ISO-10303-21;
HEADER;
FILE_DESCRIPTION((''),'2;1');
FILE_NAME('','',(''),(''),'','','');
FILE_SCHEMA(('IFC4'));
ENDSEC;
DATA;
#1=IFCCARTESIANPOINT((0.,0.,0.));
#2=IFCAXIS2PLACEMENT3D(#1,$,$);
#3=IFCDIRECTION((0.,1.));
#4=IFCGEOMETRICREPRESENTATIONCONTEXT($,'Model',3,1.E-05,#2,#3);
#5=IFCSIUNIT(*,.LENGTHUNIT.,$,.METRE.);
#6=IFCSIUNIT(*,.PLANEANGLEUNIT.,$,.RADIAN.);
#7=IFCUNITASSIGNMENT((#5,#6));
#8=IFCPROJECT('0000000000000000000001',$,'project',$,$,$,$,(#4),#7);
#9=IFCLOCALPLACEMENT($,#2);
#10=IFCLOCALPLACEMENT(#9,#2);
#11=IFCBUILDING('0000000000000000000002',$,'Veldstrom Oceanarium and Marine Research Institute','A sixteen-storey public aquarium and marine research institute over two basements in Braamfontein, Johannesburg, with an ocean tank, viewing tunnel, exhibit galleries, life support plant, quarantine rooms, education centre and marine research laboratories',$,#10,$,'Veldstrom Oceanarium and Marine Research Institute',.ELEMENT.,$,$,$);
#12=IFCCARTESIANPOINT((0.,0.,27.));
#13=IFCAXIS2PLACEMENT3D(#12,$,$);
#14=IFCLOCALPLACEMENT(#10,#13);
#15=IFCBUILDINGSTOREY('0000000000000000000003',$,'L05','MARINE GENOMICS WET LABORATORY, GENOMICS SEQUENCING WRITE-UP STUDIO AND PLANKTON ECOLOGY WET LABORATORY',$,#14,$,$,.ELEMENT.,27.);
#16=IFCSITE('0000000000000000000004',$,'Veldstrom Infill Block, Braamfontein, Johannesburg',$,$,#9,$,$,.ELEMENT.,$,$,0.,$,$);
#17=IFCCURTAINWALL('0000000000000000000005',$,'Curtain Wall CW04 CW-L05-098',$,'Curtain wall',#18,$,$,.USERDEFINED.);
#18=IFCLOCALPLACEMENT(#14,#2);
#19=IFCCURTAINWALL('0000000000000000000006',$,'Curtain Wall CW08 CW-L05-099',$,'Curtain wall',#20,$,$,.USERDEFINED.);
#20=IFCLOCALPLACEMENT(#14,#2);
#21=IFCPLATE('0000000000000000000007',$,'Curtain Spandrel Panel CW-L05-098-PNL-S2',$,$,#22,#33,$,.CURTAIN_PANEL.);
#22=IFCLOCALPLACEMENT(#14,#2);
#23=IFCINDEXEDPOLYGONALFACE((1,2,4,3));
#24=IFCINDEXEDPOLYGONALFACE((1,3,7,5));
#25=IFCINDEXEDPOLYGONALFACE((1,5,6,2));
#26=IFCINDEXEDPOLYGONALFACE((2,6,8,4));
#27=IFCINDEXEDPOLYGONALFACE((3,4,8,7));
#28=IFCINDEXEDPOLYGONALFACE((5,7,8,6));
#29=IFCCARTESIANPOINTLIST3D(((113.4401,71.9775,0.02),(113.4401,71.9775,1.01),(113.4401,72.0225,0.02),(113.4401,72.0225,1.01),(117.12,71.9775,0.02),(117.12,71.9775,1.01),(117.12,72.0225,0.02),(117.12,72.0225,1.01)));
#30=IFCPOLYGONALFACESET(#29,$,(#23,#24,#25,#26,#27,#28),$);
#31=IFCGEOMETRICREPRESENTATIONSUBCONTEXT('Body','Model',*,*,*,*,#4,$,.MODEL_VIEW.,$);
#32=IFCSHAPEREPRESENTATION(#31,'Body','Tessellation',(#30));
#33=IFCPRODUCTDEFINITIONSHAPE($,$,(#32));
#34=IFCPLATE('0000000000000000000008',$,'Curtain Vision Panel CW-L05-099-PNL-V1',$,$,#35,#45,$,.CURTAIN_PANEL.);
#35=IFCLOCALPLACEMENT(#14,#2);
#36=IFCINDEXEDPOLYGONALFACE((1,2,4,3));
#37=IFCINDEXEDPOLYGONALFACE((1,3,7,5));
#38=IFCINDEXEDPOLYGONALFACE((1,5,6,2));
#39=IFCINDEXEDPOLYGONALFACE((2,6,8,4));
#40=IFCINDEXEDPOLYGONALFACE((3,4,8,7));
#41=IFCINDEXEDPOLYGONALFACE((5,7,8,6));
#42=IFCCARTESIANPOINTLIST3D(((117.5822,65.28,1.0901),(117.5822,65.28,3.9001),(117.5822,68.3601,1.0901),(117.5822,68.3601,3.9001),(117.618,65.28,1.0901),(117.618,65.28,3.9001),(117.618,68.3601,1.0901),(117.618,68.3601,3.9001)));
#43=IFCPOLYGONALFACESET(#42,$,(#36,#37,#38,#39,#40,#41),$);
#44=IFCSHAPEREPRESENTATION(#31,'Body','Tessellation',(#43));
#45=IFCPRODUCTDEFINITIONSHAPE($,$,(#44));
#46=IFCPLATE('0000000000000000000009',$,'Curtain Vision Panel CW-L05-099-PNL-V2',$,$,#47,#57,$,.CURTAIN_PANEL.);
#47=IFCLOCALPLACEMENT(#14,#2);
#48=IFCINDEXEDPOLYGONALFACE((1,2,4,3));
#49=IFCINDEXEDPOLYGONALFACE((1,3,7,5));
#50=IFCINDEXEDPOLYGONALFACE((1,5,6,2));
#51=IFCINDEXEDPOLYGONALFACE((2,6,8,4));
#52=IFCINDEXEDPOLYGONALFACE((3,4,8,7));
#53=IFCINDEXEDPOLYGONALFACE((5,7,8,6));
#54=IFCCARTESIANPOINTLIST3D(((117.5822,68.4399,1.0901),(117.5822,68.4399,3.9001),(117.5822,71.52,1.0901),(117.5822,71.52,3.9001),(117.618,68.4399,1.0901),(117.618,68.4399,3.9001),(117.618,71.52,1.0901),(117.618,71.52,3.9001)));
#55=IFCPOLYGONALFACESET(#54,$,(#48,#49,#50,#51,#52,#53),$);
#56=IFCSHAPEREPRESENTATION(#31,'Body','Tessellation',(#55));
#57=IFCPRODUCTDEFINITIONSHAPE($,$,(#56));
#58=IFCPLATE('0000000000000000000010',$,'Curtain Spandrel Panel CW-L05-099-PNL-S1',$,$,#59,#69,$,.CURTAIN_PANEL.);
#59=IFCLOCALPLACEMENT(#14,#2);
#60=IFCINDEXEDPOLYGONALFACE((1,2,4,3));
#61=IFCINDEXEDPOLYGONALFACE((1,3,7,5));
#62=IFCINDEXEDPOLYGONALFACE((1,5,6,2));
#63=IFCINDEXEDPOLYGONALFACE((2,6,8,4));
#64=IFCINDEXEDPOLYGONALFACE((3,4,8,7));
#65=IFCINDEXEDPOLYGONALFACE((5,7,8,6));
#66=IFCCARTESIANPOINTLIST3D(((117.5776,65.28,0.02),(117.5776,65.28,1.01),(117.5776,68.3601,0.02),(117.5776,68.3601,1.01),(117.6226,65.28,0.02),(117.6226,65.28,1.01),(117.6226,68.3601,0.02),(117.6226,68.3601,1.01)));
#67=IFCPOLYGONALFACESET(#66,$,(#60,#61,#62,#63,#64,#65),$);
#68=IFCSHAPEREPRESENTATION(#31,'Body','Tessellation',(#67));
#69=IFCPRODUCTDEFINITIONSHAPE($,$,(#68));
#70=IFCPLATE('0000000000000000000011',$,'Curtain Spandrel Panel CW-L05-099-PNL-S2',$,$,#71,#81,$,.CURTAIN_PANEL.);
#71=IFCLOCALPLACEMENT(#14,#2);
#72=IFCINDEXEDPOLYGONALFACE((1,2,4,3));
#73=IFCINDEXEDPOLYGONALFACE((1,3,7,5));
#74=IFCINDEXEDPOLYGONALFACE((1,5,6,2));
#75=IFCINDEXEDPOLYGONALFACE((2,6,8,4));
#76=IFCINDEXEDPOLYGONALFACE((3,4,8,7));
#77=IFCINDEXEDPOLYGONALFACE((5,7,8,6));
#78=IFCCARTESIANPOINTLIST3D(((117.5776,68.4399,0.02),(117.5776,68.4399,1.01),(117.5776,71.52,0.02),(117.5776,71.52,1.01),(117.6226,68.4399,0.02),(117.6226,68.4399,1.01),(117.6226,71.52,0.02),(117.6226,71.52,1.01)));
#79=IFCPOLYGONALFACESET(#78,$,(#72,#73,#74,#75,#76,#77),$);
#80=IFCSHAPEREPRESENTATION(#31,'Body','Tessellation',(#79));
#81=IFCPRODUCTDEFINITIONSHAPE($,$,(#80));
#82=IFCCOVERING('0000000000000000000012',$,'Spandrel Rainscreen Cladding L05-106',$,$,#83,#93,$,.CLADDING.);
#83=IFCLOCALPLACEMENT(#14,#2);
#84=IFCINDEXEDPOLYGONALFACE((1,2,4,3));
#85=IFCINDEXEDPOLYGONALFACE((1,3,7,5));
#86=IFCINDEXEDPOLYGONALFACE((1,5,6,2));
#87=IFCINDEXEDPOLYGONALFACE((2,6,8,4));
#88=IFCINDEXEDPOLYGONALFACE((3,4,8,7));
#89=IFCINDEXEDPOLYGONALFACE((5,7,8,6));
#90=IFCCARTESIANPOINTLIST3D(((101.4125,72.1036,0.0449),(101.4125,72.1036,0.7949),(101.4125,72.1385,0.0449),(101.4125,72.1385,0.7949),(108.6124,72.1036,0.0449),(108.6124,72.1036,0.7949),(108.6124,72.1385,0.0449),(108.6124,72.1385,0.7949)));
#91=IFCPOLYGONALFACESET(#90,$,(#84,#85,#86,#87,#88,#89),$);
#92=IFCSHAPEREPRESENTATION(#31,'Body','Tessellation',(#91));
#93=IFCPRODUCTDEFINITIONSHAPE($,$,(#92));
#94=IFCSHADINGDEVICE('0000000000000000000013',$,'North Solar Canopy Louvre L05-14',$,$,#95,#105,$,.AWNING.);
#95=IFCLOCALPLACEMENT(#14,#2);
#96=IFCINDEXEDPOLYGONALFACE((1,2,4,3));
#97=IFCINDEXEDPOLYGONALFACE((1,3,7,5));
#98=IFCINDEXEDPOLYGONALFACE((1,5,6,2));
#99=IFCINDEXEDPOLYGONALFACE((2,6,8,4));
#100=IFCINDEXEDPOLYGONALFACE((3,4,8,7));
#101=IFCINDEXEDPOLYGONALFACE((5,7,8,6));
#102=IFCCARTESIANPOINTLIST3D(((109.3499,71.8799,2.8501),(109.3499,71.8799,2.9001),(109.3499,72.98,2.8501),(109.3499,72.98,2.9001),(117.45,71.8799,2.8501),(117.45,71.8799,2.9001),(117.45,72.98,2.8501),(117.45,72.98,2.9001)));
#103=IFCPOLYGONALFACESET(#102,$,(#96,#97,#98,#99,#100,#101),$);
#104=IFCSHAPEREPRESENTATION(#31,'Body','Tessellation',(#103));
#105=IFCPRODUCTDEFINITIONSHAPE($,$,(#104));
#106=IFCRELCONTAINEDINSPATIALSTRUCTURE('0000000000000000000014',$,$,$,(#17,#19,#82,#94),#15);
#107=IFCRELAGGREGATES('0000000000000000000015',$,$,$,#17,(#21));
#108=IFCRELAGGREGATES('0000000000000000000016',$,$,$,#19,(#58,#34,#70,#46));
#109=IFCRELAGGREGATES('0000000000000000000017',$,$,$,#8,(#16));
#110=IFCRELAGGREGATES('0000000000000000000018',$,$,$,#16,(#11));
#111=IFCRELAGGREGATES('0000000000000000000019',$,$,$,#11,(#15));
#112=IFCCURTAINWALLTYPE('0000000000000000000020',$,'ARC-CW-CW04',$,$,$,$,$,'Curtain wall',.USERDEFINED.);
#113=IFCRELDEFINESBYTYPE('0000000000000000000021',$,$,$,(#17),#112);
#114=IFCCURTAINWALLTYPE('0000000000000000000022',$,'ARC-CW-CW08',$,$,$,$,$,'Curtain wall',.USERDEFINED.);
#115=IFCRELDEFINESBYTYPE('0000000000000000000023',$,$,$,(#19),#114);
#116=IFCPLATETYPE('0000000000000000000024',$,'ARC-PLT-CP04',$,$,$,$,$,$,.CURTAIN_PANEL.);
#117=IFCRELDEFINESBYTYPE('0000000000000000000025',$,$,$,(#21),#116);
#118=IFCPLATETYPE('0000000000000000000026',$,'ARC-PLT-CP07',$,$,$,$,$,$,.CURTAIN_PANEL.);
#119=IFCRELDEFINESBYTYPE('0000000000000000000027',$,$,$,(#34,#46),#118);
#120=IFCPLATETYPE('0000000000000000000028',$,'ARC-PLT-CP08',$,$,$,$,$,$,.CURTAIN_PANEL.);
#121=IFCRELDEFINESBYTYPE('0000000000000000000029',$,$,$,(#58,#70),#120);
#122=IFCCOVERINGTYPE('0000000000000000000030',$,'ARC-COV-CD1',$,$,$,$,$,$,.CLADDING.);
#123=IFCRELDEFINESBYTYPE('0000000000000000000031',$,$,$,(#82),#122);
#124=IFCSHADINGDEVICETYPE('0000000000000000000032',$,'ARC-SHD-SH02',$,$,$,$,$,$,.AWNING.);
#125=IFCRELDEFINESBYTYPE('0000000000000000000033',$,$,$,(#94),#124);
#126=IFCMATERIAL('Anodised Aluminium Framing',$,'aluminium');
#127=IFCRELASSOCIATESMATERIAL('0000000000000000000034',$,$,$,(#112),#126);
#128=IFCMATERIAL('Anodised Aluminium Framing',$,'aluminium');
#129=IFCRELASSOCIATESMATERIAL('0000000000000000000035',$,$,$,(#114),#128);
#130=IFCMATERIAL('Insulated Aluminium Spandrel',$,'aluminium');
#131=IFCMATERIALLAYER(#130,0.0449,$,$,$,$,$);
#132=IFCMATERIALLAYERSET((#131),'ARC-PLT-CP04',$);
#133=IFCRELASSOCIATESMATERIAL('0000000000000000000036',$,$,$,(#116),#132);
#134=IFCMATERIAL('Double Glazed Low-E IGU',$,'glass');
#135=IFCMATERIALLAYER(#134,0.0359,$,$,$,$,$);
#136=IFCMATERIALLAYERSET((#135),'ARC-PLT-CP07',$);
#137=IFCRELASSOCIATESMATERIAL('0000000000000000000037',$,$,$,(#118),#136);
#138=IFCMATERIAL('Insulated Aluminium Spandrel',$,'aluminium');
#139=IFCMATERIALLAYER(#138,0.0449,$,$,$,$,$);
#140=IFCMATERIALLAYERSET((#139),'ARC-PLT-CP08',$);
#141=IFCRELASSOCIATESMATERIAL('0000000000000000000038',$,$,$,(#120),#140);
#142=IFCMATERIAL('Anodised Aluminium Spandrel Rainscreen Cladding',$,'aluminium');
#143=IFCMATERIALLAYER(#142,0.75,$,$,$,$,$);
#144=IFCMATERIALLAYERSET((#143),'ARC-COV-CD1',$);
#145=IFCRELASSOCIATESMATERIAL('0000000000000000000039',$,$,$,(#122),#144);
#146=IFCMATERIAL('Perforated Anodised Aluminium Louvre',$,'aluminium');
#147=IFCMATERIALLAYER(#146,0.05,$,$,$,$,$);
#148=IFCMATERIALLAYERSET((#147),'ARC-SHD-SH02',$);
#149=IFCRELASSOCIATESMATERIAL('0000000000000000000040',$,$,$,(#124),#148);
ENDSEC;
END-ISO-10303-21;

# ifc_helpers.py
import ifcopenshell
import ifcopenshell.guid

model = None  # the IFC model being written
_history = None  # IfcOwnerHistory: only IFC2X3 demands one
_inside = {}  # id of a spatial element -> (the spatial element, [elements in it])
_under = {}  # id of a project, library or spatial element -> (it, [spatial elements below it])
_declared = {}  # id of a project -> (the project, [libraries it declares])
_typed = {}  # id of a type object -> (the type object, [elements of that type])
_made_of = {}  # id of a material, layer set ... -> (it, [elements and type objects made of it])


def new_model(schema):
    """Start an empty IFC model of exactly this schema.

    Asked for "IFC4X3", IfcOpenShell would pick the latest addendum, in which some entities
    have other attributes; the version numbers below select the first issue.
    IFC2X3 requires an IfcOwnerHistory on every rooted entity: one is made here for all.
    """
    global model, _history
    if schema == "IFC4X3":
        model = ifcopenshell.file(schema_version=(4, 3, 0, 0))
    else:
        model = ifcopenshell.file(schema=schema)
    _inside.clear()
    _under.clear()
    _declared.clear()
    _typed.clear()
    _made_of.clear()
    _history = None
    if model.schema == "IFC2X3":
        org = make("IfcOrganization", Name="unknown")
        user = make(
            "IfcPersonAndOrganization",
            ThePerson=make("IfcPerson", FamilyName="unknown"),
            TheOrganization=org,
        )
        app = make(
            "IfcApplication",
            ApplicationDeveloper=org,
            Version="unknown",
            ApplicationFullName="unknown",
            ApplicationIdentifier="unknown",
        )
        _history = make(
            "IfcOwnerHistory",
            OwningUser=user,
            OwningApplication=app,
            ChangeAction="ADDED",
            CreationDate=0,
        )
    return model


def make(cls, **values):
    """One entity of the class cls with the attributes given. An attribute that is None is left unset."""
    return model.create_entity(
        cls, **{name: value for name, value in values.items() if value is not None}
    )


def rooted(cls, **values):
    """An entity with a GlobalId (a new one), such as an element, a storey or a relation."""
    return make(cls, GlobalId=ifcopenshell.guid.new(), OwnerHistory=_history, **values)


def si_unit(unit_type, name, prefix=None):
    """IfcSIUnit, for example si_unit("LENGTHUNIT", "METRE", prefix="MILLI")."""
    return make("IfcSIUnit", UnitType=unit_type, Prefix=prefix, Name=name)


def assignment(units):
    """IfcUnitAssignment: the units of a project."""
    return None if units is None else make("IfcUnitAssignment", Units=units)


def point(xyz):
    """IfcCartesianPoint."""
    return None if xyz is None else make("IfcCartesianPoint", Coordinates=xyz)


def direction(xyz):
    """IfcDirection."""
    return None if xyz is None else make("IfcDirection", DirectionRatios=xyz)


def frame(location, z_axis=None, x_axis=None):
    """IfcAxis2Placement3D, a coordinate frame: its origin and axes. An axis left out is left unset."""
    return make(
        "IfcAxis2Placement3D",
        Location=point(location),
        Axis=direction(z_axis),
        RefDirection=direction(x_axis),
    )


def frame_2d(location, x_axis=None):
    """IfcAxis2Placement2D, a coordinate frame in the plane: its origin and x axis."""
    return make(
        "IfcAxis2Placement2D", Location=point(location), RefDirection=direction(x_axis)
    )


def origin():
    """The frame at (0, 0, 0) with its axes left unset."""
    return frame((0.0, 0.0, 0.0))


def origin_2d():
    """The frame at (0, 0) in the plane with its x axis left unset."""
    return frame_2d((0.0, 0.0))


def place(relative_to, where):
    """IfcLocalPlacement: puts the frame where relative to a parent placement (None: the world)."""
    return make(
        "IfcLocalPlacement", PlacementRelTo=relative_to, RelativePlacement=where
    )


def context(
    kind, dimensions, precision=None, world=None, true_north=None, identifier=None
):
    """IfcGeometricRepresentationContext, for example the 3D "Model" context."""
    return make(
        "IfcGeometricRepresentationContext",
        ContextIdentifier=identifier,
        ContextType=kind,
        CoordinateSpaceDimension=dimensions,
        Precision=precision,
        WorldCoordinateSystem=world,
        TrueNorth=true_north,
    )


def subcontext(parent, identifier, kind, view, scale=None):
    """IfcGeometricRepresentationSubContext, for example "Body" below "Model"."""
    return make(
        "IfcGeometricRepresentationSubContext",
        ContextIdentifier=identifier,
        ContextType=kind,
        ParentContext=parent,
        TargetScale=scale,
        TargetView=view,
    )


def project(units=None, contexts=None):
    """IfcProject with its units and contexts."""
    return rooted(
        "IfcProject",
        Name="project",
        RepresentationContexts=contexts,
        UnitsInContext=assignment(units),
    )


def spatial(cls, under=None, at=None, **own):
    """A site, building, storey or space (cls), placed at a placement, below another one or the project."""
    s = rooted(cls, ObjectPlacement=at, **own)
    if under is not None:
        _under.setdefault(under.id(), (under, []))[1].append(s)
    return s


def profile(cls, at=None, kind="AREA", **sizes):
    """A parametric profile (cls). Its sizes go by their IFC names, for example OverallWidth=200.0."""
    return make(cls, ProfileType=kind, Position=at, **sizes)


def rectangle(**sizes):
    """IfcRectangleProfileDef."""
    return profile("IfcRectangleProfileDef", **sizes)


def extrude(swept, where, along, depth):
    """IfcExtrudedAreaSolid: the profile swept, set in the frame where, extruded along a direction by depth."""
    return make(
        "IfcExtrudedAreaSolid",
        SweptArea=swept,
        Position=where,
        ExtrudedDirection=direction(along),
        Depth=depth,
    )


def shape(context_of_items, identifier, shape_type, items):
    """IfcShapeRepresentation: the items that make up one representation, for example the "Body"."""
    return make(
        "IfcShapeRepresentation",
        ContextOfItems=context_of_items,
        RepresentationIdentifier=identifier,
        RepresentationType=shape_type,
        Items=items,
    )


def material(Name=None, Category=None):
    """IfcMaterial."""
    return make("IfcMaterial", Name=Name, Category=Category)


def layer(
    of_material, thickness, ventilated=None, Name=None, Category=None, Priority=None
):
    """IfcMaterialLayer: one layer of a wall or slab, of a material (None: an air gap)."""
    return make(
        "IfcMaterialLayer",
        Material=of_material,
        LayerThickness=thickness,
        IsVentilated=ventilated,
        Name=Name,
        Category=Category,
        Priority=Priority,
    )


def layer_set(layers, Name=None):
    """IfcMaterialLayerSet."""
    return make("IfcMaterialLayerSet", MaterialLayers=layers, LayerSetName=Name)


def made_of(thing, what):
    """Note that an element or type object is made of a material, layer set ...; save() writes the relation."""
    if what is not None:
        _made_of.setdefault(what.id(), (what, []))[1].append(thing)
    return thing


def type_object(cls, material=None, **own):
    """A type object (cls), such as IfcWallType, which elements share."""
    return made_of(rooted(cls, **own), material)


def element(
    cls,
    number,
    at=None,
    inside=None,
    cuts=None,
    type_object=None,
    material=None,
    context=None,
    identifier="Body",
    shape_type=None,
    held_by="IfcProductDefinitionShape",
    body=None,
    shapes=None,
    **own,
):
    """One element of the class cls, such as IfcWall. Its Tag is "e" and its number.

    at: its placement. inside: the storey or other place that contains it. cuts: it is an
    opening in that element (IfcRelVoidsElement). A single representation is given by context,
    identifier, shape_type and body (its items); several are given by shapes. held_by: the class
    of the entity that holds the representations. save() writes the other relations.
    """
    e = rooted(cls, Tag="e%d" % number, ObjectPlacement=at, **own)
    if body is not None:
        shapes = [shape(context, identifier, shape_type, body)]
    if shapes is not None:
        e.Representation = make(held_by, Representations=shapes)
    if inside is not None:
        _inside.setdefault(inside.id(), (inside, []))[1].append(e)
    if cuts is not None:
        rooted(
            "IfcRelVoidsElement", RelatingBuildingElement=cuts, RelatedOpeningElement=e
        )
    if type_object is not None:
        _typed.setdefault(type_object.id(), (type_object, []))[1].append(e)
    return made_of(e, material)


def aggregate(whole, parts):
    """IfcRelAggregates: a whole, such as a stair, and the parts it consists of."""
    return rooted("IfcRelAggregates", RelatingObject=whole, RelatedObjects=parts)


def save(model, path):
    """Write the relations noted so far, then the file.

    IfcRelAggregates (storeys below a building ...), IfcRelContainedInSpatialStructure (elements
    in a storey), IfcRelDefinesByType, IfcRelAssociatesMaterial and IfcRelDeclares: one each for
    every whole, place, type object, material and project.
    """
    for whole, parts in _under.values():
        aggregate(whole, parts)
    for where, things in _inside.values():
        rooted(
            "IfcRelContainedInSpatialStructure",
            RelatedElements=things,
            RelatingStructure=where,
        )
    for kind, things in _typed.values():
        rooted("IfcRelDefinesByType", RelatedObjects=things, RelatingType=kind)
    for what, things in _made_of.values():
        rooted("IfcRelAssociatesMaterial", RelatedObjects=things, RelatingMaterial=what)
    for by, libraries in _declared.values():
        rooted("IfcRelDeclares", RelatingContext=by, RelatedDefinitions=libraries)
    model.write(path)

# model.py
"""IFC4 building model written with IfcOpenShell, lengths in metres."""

from ifc_helpers import new_model, si_unit, direction, frame, origin, origin_2d, place, context, subcontext, project, spatial, rectangle, extrude, material, layer, layer_set, type_object, element, aggregate, save


model = new_model("IFC4")

# Units and contexts
model_context = context("Model", 3, precision=1e-05, world=origin(), true_north=direction((0.0, 1.0)))
body_context = subcontext(model_context, "Body", "Model", "MODEL_VIEW")
ifc_project = project(units=[si_unit("LENGTHUNIT", "METRE"), si_unit("PLANEANGLEUNIT", "RADIAN")], contexts=[model_context])

# Site, building, storey
site_placement = place(None, origin())
site = spatial("IfcSite", under=ifc_project, at=site_placement, Name="Veldstrom Infill Block, Braamfontein, Johannesburg", CompositionType="ELEMENT", RefElevation=0.0)
building_placement = place(site_placement, origin())
building = spatial("IfcBuilding", under=site, at=building_placement, Name="Veldstrom Oceanarium and Marine Research Institute", Description="A sixteen-storey public aquarium and marine research institute over two basements in Braamfontein, Johannesburg, with an ocean tank, viewing tunnel, exhibit galleries, life support plant, quarantine rooms, education centre and marine research laboratories", LongName="Veldstrom Oceanarium and Marine Research Institute", CompositionType="ELEMENT")
storey_placement = place(building_placement, frame((0.0, 0.0, 27.0)))
storey = spatial("IfcBuildingStorey", under=building, at=storey_placement, Name="L05", Description="MARINE GENOMICS WET LABORATORY, GENOMICS SEQUENCING WRITE-UP STUDIO AND PLANKTON ECOLOGY WET LABORATORY", CompositionType="ELEMENT", Elevation=27.0)

# Curtain walls
ifc_material_1 = material(Name="Anodised Aluminium Framing", Category="aluminium")
curtain_wall_type_1 = type_object("IfcCurtainWallType", Name="ARC-CW-CW04", ElementType="Curtain wall", PredefinedType="USERDEFINED", material=ifc_material_1)
curtain_wall_1_placement = place(storey_placement, origin())
curtain_wall_1 = element("IfcCurtainWall", 1, at=curtain_wall_1_placement, inside=storey, type_object=curtain_wall_type_1, Name="Curtain Wall CW04 CW-L05-098", ObjectType="Curtain wall", PredefinedType="USERDEFINED")
ifc_material_2 = material(Name="Anodised Aluminium Framing", Category="aluminium")
curtain_wall_type_2 = type_object("IfcCurtainWallType", Name="ARC-CW-CW08", ElementType="Curtain wall", PredefinedType="USERDEFINED", material=ifc_material_2)
curtain_wall_2_placement = place(storey_placement, origin())
curtain_wall_2 = element("IfcCurtainWall", 2, at=curtain_wall_2_placement, inside=storey, type_object=curtain_wall_type_2, Name="Curtain Wall CW08 CW-L05-099", ObjectType="Curtain wall", PredefinedType="USERDEFINED")

# Plates
ifc_material_3 = material(Name="Insulated Aluminium Spandrel", Category="aluminium")
ifc_layer_1 = layer(ifc_material_3, 0.0449)
ifc_layer_set_1 = layer_set([ifc_layer_1], Name="ARC-PLT-CP04")
plate_type_1 = type_object("IfcPlateType", Name="ARC-PLT-CP04", PredefinedType="CURTAIN_PANEL", material=ifc_layer_set_1)
plate_1_placement = place(storey_placement, frame((115.28, 72.0, 0.02), z_axis=(0.0, 0.0, 1.0), x_axis=(1.0, 0.0, 0.0)))
plate_1 = element("IfcPlate", 3, at=plate_1_placement, type_object=plate_type_1, Name="Curtain Spandrel Panel CW-L05-098-PNL-S2", PredefinedType="CURTAIN_PANEL", context=body_context, shape_type="SweptSolid", body=[
    extrude(rectangle(XDim=3.6799, YDim=0.0449, at=origin_2d()), origin(), (0.0, 0.0, 1.0), 0.99),
])
aggregate(curtain_wall_1, [plate_1])
ifc_material_4 = material(Name="Double Glazed Low-E IGU", Category="glass")
ifc_layer_2 = layer(ifc_material_4, 0.0359)
ifc_layer_set_2 = layer_set([ifc_layer_2], Name="ARC-PLT-CP07")
plate_type_2 = type_object("IfcPlateType", Name="ARC-PLT-CP07", PredefinedType="CURTAIN_PANEL", material=ifc_layer_set_2)
plate_2_placement = place(storey_placement, frame((117.6001, 66.8201, 1.0901), z_axis=(0.0, 0.0, 1.0), x_axis=(0.0, 1.0, 0.0)))
plate_2 = element("IfcPlate", 4, at=plate_2_placement, type_object=plate_type_2, Name="Curtain Vision Panel CW-L05-099-PNL-V1", PredefinedType="CURTAIN_PANEL", context=body_context, shape_type="SweptSolid", body=[
    extrude(rectangle(XDim=3.0801, YDim=0.0359, at=origin_2d()), origin(), (0.0, 0.0, 1.0), 2.8101),
])
plate_3_placement = place(storey_placement, frame((117.6001, 69.98, 1.0901), z_axis=(0.0, 0.0, 1.0), x_axis=(0.0, 1.0, 0.0)))
plate_3 = element("IfcPlate", 5, at=plate_3_placement, type_object=plate_type_2, Name="Curtain Vision Panel CW-L05-099-PNL-V2", PredefinedType="CURTAIN_PANEL", context=body_context, shape_type="SweptSolid", body=[
    extrude(rectangle(XDim=3.0801, YDim=0.0359, at=origin_2d()), origin(), (0.0, 0.0, 1.0), 2.8101),
])
ifc_material_5 = material(Name="Insulated Aluminium Spandrel", Category="aluminium")
ifc_layer_3 = layer(ifc_material_5, 0.0449)
ifc_layer_set_3 = layer_set([ifc_layer_3], Name="ARC-PLT-CP08")
plate_type_3 = type_object("IfcPlateType", Name="ARC-PLT-CP08", PredefinedType="CURTAIN_PANEL", material=ifc_layer_set_3)
plate_4_placement = place(storey_placement, frame((117.6001, 66.8201, 0.02), z_axis=(0.0, 0.0, 1.0), x_axis=(0.0, 1.0, 0.0)))
plate_4 = element("IfcPlate", 6, at=plate_4_placement, type_object=plate_type_3, Name="Curtain Spandrel Panel CW-L05-099-PNL-S1", PredefinedType="CURTAIN_PANEL", context=body_context, shape_type="SweptSolid", body=[
    extrude(rectangle(XDim=3.0801, YDim=0.0449, at=origin_2d()), origin(), (0.0, 0.0, 1.0), 0.99),
])
plate_5_placement = place(storey_placement, frame((117.6001, 69.98, 0.02), z_axis=(0.0, 0.0, 1.0), x_axis=(0.0, 1.0, 0.0)))
plate_5 = element("IfcPlate", 7, at=plate_5_placement, type_object=plate_type_3, Name="Curtain Spandrel Panel CW-L05-099-PNL-S2", PredefinedType="CURTAIN_PANEL", context=body_context, shape_type="SweptSolid", body=[
    extrude(rectangle(XDim=3.0801, YDim=0.0449, at=origin_2d()), origin(), (0.0, 0.0, 1.0), 0.99),
])
aggregate(curtain_wall_2, [plate_4, plate_2, plate_5, plate_3])

# Covering
ifc_material_6 = material(Name="Anodised Aluminium Spandrel Rainscreen Cladding", Category="aluminium")
ifc_layer_4 = layer(ifc_material_6, 0.75)
ifc_layer_set_4 = layer_set([ifc_layer_4], Name="ARC-COV-CD1")
covering_type = type_object("IfcCoveringType", Name="ARC-COV-CD1", PredefinedType="CLADDING", material=ifc_layer_set_4)
covering_placement = place(storey_placement, frame((105.0125, 72.1211, 0.0449), z_axis=(0.0, 0.0, 1.0), x_axis=(1.0, 0.0, 0.0)))
element("IfcCovering", 8, at=covering_placement, inside=storey, type_object=covering_type, Name="Spandrel Rainscreen Cladding L05-106", PredefinedType="CLADDING", context=body_context, shape_type="SweptSolid", body=[
    extrude(rectangle(XDim=7.2, YDim=0.0349, at=origin_2d()), origin(), (0.0, 0.0, 1.0), 0.75),
])

# Shading device
ifc_material_7 = material(Name="Perforated Anodised Aluminium Louvre", Category="aluminium")
ifc_layer_5 = layer(ifc_material_7, 0.05)
ifc_layer_set_5 = layer_set([ifc_layer_5], Name="ARC-SHD-SH02")
shading_device_type = type_object("IfcShadingDeviceType", Name="ARC-SHD-SH02", PredefinedType="AWNING", material=ifc_layer_set_5)
shading_device_placement = place(storey_placement, frame((113.3999, 72.4299, 2.8501), z_axis=(0.0, 0.0, 1.0), x_axis=(1.0, 0.0, 0.0)))
element("IfcShadingDevice", 9, at=shading_device_placement, inside=storey, type_object=shading_device_type, Name="North Solar Canopy Louvre L05-14", PredefinedType="AWNING", context=body_context, shape_type="SweptSolid", body=[
    extrude(rectangle(XDim=8.1001, YDim=1.1001, at=origin_2d()), origin(), (0.0, 0.0, 1.0), 0.05),
])

save(model, "model.ifc")
